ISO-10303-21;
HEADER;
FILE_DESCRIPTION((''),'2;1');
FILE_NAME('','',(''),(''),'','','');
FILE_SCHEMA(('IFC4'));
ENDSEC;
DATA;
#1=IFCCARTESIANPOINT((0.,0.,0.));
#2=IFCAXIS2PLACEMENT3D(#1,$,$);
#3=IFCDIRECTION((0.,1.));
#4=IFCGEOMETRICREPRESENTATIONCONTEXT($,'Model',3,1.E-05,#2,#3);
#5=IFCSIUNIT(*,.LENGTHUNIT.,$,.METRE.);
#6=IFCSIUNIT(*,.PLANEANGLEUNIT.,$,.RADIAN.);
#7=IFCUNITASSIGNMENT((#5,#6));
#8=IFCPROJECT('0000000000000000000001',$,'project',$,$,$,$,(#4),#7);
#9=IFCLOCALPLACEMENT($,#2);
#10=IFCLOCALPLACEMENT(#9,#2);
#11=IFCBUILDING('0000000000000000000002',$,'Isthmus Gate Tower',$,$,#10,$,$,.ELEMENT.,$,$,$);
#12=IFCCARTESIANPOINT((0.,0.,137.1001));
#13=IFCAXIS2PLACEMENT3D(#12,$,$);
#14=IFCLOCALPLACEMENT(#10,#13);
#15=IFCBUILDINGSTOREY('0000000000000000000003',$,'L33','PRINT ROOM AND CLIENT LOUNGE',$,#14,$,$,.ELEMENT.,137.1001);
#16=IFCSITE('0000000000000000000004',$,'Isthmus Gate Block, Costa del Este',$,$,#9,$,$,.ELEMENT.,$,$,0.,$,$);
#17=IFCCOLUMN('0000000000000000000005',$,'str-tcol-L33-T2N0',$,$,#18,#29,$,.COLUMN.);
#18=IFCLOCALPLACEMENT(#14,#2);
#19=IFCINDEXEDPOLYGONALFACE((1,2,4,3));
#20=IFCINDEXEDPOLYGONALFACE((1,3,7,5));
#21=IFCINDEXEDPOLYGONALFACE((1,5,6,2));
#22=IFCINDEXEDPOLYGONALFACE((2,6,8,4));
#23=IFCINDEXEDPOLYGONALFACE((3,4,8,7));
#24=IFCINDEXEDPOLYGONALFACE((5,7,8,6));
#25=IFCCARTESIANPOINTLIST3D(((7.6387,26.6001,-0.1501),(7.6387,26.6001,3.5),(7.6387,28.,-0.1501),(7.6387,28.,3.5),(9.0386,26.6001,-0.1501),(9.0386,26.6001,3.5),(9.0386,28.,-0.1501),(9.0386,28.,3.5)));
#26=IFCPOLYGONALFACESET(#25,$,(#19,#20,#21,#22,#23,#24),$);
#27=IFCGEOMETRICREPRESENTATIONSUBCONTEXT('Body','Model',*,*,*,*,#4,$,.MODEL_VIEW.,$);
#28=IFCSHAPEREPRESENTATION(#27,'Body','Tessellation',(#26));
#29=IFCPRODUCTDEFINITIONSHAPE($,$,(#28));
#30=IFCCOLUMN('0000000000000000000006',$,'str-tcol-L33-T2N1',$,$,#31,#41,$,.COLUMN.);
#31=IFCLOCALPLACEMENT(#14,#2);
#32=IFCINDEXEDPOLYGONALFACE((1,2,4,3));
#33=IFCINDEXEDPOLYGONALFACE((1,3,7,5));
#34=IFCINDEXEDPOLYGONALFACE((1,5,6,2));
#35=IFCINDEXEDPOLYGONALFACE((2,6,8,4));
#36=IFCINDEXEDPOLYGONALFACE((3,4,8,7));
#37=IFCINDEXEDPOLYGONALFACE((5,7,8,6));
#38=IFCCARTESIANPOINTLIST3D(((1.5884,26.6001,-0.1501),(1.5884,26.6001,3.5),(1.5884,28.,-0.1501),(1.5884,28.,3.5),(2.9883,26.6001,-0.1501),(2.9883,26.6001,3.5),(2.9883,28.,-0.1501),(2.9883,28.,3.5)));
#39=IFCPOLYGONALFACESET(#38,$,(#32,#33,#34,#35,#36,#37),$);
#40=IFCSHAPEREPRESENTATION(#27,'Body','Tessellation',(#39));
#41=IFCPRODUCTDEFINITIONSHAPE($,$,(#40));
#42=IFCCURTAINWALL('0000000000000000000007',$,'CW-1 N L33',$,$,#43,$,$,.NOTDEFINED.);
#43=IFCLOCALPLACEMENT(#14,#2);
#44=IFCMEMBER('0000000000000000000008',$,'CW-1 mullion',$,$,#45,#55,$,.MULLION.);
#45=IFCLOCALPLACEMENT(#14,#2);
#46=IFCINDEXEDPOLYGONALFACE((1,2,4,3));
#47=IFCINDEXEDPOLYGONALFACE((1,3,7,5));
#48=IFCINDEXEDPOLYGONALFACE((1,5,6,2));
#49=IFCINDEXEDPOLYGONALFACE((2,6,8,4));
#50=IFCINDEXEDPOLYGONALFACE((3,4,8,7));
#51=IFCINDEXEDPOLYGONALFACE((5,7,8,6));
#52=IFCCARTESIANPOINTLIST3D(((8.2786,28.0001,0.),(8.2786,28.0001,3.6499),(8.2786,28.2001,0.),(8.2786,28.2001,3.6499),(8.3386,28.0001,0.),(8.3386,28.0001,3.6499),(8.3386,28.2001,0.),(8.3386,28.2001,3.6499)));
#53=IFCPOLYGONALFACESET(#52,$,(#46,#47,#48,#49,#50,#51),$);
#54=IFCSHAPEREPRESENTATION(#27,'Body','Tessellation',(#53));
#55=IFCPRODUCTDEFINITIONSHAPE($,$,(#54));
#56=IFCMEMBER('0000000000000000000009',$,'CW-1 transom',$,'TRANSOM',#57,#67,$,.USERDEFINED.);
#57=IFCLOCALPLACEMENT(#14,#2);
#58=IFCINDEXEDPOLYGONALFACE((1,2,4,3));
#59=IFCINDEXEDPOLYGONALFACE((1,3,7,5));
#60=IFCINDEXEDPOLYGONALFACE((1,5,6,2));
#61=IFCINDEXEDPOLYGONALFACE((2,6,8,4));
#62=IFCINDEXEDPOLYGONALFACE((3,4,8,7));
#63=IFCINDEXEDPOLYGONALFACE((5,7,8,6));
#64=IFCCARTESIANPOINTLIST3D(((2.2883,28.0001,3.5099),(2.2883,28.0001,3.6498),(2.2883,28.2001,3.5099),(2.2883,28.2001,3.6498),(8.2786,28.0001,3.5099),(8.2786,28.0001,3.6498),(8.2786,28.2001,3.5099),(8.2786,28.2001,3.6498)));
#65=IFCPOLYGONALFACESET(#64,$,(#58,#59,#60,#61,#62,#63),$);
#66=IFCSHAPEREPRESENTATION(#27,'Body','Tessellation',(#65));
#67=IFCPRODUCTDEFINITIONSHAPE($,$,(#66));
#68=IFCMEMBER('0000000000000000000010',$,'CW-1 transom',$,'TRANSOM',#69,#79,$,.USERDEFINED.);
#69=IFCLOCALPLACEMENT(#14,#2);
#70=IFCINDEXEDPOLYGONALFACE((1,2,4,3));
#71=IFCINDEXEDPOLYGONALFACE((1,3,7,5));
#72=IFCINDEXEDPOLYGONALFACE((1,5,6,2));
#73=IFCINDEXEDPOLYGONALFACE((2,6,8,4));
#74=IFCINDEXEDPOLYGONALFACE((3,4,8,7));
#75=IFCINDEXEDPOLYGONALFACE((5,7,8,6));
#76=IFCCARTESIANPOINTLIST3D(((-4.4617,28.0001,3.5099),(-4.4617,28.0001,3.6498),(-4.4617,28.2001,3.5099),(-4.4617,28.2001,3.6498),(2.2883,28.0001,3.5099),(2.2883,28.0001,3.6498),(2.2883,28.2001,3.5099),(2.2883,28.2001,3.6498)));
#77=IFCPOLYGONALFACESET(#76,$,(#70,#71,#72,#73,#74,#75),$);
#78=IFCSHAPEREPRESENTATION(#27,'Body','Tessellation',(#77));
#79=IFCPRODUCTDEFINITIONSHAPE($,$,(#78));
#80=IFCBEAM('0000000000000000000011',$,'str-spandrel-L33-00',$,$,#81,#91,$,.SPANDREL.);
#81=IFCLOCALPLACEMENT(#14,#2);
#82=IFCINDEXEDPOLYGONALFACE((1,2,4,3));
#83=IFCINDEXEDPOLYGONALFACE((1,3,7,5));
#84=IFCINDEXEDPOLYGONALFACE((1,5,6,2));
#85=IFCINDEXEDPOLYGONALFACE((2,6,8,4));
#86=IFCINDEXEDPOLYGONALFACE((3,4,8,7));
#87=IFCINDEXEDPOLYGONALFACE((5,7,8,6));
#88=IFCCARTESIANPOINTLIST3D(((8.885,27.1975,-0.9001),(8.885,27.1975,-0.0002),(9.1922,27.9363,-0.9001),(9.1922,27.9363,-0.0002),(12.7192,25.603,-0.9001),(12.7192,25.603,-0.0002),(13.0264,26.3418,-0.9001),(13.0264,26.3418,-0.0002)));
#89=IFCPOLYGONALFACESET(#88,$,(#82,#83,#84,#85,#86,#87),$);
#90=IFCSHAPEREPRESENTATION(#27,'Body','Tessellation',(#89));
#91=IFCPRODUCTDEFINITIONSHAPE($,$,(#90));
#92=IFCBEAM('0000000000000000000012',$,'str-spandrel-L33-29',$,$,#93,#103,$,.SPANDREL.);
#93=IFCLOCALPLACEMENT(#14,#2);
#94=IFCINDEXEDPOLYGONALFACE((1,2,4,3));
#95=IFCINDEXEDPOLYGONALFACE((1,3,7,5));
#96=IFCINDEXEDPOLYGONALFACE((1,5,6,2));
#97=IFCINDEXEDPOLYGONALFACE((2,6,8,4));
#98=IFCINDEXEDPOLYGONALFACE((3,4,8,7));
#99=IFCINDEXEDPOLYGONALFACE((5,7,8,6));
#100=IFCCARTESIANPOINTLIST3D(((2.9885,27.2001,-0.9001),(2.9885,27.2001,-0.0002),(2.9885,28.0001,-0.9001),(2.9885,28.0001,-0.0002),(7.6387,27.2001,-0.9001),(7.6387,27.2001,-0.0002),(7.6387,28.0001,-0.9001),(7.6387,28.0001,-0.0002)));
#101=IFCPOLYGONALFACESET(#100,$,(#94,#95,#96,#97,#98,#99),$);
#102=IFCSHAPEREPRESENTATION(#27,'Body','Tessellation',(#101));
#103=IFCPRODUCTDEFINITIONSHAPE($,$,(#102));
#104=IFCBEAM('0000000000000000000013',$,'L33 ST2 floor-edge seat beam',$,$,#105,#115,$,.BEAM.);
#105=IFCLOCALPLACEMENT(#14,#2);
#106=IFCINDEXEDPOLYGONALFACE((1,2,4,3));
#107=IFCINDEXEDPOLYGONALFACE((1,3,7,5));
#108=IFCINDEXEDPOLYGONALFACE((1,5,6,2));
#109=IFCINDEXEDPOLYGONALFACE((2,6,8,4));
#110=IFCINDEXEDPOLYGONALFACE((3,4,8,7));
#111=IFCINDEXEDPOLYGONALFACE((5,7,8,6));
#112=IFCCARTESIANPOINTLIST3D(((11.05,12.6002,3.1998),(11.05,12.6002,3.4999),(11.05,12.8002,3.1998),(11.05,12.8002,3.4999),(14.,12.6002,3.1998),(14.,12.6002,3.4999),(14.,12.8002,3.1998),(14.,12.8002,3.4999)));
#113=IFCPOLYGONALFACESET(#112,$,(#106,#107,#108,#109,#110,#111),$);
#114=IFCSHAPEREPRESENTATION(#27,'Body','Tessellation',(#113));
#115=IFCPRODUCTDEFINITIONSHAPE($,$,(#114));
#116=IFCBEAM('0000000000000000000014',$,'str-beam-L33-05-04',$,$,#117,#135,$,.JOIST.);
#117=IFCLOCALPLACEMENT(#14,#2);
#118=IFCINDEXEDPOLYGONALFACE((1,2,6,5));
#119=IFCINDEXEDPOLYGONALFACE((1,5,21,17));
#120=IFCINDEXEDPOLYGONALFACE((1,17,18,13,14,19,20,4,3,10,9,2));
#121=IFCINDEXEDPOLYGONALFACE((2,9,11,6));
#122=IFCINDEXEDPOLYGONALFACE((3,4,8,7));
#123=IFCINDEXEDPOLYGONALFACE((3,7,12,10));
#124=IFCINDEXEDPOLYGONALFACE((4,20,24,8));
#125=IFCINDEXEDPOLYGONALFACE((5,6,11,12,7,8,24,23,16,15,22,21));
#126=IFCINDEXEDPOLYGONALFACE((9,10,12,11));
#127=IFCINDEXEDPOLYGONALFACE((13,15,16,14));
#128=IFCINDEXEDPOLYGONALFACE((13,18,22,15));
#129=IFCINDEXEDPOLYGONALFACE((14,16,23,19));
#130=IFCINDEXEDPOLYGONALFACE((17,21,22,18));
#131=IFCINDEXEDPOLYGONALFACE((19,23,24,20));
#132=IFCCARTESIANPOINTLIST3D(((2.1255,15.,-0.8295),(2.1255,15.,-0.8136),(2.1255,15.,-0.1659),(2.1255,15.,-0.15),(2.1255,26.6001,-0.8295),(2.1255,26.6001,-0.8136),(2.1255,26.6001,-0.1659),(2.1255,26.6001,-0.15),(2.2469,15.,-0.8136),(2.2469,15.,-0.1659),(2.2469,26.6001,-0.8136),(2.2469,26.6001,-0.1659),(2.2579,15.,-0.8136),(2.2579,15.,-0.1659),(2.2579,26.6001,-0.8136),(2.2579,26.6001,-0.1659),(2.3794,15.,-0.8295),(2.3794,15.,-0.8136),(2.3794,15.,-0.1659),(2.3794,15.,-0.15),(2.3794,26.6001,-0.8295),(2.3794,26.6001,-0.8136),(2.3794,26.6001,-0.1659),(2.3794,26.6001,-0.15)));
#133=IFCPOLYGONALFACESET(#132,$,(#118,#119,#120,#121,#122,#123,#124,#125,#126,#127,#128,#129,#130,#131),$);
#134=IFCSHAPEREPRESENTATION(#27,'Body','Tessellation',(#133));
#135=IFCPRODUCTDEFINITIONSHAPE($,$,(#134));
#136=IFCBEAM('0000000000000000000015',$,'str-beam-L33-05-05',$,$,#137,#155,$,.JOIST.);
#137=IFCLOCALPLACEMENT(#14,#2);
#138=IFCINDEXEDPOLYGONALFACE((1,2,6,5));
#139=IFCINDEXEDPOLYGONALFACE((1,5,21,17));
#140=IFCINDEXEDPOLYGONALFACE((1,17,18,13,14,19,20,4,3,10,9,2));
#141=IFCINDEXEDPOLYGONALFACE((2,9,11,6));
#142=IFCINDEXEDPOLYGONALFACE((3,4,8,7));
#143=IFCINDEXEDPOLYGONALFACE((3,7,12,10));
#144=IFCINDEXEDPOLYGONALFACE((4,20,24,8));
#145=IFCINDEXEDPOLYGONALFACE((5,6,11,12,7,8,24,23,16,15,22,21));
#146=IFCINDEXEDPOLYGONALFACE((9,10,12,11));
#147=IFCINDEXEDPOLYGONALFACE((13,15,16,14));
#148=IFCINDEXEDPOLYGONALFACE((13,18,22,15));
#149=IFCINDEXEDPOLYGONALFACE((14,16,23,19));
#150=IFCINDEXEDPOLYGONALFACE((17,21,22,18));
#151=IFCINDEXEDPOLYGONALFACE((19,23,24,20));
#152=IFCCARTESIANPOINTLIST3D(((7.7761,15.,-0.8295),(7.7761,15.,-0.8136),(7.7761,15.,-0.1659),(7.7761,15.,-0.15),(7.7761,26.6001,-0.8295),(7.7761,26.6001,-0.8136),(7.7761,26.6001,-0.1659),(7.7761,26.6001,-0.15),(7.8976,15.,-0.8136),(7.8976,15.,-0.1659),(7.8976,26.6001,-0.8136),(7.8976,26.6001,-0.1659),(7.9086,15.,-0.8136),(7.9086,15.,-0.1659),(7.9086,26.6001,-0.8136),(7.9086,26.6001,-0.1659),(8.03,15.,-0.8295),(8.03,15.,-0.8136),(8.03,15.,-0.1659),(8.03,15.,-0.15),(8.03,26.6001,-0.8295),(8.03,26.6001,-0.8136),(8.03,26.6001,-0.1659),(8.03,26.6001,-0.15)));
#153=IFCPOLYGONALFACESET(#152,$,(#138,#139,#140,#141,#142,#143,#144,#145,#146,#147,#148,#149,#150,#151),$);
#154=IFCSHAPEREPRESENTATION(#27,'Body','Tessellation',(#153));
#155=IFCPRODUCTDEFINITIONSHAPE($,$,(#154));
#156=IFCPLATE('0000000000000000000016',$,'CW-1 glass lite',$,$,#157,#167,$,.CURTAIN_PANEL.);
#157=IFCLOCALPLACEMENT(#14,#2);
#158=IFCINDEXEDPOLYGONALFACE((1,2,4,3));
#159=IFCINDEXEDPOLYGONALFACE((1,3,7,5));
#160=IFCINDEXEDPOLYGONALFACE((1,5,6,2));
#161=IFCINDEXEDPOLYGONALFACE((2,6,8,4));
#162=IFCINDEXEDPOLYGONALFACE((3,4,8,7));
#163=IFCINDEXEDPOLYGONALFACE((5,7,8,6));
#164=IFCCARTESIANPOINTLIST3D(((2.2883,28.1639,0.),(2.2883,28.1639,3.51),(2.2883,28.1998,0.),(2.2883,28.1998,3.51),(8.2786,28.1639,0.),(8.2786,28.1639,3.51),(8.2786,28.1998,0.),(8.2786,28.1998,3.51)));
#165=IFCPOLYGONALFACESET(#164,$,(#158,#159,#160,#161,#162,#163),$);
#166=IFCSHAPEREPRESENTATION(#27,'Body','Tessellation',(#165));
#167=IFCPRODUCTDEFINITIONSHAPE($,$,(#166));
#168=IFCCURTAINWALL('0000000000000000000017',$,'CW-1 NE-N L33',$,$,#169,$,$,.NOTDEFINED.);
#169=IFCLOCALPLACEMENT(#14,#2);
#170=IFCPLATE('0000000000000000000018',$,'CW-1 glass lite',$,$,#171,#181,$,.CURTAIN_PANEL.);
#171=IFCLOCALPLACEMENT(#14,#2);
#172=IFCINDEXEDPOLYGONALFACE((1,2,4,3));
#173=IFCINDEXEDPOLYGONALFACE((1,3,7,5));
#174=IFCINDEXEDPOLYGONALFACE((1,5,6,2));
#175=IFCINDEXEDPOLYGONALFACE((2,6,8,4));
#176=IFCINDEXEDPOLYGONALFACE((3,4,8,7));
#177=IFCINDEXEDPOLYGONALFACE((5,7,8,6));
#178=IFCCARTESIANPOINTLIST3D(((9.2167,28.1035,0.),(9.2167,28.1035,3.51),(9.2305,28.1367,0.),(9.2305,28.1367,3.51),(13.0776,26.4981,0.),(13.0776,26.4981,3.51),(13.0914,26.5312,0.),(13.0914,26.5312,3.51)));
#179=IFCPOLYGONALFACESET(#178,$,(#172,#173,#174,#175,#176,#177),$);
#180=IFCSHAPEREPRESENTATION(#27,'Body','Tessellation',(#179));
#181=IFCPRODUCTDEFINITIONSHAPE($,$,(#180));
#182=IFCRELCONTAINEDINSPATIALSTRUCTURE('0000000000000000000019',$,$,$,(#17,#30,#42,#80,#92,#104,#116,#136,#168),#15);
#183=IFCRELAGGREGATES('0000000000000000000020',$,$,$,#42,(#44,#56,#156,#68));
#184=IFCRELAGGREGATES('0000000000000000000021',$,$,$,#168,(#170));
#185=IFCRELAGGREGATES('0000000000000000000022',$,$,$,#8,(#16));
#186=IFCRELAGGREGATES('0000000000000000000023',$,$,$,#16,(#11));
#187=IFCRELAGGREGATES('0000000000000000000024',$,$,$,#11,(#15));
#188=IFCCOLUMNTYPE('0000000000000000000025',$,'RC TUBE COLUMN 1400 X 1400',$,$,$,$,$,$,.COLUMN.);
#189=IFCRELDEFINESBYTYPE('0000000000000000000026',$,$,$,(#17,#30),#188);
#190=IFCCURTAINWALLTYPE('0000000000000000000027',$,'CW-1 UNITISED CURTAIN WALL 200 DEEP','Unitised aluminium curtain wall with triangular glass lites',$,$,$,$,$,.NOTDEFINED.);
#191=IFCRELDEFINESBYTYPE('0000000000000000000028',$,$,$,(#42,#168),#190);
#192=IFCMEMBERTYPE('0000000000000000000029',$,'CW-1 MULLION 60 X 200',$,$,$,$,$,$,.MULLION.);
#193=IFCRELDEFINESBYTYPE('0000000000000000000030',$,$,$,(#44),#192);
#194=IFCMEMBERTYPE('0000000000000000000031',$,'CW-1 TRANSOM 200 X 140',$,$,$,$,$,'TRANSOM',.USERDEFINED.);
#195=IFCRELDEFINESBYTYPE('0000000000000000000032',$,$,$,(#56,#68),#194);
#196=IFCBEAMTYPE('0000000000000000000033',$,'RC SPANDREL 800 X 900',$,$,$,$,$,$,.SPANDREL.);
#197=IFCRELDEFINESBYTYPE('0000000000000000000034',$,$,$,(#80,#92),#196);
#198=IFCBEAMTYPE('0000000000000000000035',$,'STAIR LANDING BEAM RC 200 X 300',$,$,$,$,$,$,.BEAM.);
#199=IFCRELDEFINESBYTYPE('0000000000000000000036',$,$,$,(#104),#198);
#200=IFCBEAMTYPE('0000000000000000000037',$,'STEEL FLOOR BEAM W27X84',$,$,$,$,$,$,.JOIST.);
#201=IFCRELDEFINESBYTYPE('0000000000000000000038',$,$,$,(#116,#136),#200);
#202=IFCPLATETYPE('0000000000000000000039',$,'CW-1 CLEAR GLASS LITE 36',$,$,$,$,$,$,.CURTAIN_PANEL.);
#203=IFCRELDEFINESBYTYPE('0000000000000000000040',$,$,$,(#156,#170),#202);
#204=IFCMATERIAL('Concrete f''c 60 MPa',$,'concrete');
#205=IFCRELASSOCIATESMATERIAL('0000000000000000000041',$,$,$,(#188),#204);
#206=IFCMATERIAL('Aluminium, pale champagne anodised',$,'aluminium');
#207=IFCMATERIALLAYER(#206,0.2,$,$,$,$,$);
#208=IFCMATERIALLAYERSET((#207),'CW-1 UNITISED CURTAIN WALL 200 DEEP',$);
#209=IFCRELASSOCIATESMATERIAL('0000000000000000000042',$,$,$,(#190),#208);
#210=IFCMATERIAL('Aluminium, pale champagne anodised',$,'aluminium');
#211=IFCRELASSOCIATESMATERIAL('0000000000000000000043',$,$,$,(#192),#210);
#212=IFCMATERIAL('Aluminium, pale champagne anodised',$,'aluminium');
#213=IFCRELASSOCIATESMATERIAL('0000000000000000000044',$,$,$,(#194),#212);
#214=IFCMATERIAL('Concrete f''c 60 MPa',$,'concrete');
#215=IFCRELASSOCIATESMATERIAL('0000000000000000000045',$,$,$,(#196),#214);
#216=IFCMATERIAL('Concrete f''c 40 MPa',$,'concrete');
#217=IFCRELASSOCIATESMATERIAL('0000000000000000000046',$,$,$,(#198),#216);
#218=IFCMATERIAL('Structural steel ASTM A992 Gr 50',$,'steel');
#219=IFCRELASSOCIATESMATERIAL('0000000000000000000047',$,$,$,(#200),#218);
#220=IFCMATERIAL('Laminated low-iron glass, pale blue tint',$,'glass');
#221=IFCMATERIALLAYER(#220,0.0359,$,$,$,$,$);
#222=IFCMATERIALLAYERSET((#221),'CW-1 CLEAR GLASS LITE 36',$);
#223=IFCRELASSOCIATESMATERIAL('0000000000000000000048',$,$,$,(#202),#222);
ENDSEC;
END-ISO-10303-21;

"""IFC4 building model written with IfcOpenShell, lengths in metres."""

from ifc_helpers import new_model, si_unit, direction, frame, origin, origin_2d, place, context, subcontext, project, spatial, rectangle, i_section, extrude, material, layer, layer_set, material_profile, profile_set, type_object, element, aggregate, save


model = new_model("IFC4")

# Units and contexts
model_context = context("Model", 3, precision=1e-05, world=origin(), true_north=direction((0.0, 1.0)))
body_context = subcontext(model_context, "Body", "Model", "MODEL_VIEW")
ifc_project = project(units=[si_unit("LENGTHUNIT", "METRE"), si_unit("PLANEANGLEUNIT", "RADIAN")], contexts=[model_context])

# Site, building, storey
site_placement = place(None, origin())
site = spatial("IfcSite", under=ifc_project, at=site_placement, Name="Isthmus Gate Block, Costa del Este", CompositionType="ELEMENT", RefElevation=0.0)
building_placement = place(site_placement, origin())
building = spatial("IfcBuilding", under=site, at=building_placement, Name="Isthmus Gate Tower", CompositionType="ELEMENT")
storey_placement = place(building_placement, frame((0.0, 0.0, 137.1001)))
storey = spatial("IfcBuildingStorey", under=building, at=storey_placement, Name="L33", Description="PRINT ROOM AND CLIENT LOUNGE", CompositionType="ELEMENT", Elevation=137.1001)

# Columns
ifc_material_1 = material(Name="Concrete f'c 60 MPa", Category="concrete")
ifc_material_profile_1 = material_profile(ifc_material_1, rectangle(XDim=1.3999, YDim=1.3999, at=origin_2d()), Name="RC 1400X1400")
ifc_profile_set_1 = profile_set([ifc_material_profile_1], Name="Concrete f'c 60 MPa")
column_type = type_object("IfcColumnType", Name="RC TUBE COLUMN 1400 X 1400", PredefinedType="COLUMN", material=ifc_profile_set_1)
for number, where, z_axis, x_axis, name in (
    (1, (8.3386, 27.3, -0.1501), (0.0, 0.0, 1.0), (-1.0, 0.0, 0.0), "str-tcol-L33-T2N0"),
    (2, (2.2883, 27.3, -0.1501), (0.0, 0.0, 1.0), (-1.0, 0.0, 0.0), "str-tcol-L33-T2N1"),
):
    element("IfcColumn", number, at=place(storey_placement, frame(where, z_axis=z_axis, x_axis=x_axis)), inside=storey, type_object=column_type, Name=name, PredefinedType="COLUMN", context=body_context, shape_type="SweptSolid", body=[
        extrude(rectangle(XDim=1.3999, YDim=1.3999, at=origin_2d()), origin(), (0.0, 0.0, 1.0), 3.6501),
    ])

# Curtain wall, members
ifc_material_2 = material(Name="Aluminium, pale champagne anodised", Category="aluminium")
ifc_layer_1 = layer(ifc_material_2, 0.2)
ifc_layer_set_1 = layer_set([ifc_layer_1], Name="CW-1 UNITISED CURTAIN WALL 200 DEEP")
curtain_wall_type = type_object("IfcCurtainWallType", Name="CW-1 UNITISED CURTAIN WALL 200 DEEP", Description="Unitised aluminium curtain wall with triangular glass lites", PredefinedType="NOTDEFINED", material=ifc_layer_set_1)
curtain_wall_1_placement = place(storey_placement, origin())
curtain_wall_1 = element("IfcCurtainWall", 3, at=curtain_wall_1_placement, inside=storey, type_object=curtain_wall_type, Name="CW-1 N L33", PredefinedType="NOTDEFINED")
ifc_material_3 = material(Name="Aluminium, pale champagne anodised", Category="aluminium")
ifc_material_profile_2 = material_profile(ifc_material_3, rectangle(XDim=0.0601, YDim=0.2, at=origin_2d()), Name="60x200")
ifc_profile_set_2 = profile_set([ifc_material_profile_2], Name="Aluminium, pale champagne anodised")
member_type_1 = type_object("IfcMemberType", Name="CW-1 MULLION 60 X 200", PredefinedType="MULLION", material=ifc_profile_set_2)
member_1_placement = place(storey_placement, frame((8.3086, 28.1001, 0.0), z_axis=(0.0, 0.0, 1.0), x_axis=(-1.0, 0.0, 0.0)))
member_1 = element("IfcMember", 4, at=member_1_placement, type_object=member_type_1, Name="CW-1 mullion", PredefinedType="MULLION", context=body_context, shape_type="SweptSolid", body=[
    extrude(rectangle(XDim=0.0601, YDim=0.2, at=origin_2d()), origin(), (0.0, 0.0, 1.0), 3.6499),
])
ifc_material_4 = material(Name="Aluminium, pale champagne anodised", Category="aluminium")
ifc_material_profile_3 = material_profile(ifc_material_4, rectangle(XDim=0.2, YDim=0.1399, at=origin_2d()), Name="200x140")
ifc_profile_set_3 = profile_set([ifc_material_profile_3], Name="Aluminium, pale champagne anodised")
member_type_2 = type_object("IfcMemberType", Name="CW-1 TRANSOM 200 X 140", ElementType="TRANSOM", PredefinedType="USERDEFINED", material=ifc_profile_set_3)
member_2_placement = place(storey_placement, frame((8.2786, 28.1001, 3.5798), z_axis=(-1.0, 0.0, 0.0), x_axis=(0.0, -1.0, 0.0)))
member_2 = element("IfcMember", 5, at=member_2_placement, type_object=member_type_2, Name="CW-1 transom", ObjectType="TRANSOM", PredefinedType="USERDEFINED", context=body_context, shape_type="SweptSolid", body=[
    extrude(rectangle(XDim=0.2, YDim=0.1399, at=origin_2d()), origin(), (0.0, 0.0, 1.0), 5.9902),
])
member_3_placement = place(storey_placement, frame((2.2883, 28.1001, 3.5798), z_axis=(-1.0, 0.0, 0.0), x_axis=(0.0, -1.0, 0.0)))
member_3 = element("IfcMember", 6, at=member_3_placement, type_object=member_type_2, Name="CW-1 transom", ObjectType="TRANSOM", PredefinedType="USERDEFINED", context=body_context, shape_type="SweptSolid", body=[
    extrude(rectangle(XDim=0.2, YDim=0.1399, at=origin_2d()), origin(), (0.0, 0.0, 1.0), 6.75),
])

# Beams
ifc_material_5 = material(Name="Concrete f'c 60 MPa", Category="concrete")
ifc_material_profile_4 = material_profile(ifc_material_5, rectangle(XDim=0.8, YDim=0.8999, at=origin_2d()), Name="RC 800X900")
ifc_profile_set_4 = profile_set([ifc_material_profile_4], Name="Concrete f'c 60 MPa")
beam_type_1 = type_object("IfcBeamType", Name="RC SPANDREL 800 X 900", PredefinedType="SPANDREL", material=ifc_profile_set_4)
beam_1_placement = place(storey_placement, frame((9.0386, 27.5669, -0.4502), z_axis=(0.923343, -0.383977, 0.0), x_axis=(0.383977, 0.923343, 0.0)))
element("IfcBeam", 7, at=beam_1_placement, inside=storey, type_object=beam_type_1, Name="str-spandrel-L33-00", PredefinedType="SPANDREL", context=body_context, shape_type="SweptSolid", body=[
    extrude(rectangle(XDim=0.8, YDim=0.8999, at=origin_2d()), origin(), (0.0, 0.0, 1.0), 4.1526),
])
beam_2_placement = place(storey_placement, frame((2.9885, 27.6001, -0.4502), z_axis=(1.0, 0.0, 0.0), x_axis=(0.0, 1.0, 0.0)))
element("IfcBeam", 8, at=beam_2_placement, inside=storey, type_object=beam_type_1, Name="str-spandrel-L33-29", PredefinedType="SPANDREL", context=body_context, shape_type="SweptSolid", body=[
    extrude(rectangle(XDim=0.8, YDim=0.8999, at=origin_2d()), origin(), (0.0, 0.0, 1.0), 4.6501),
])
ifc_material_6 = material(Name="Concrete f'c 40 MPa", Category="concrete")
ifc_material_profile_5 = material_profile(ifc_material_6, rectangle(XDim=0.2, YDim=0.3, at=origin_2d()), Name="STAIR LANDING BEAM RC 200 X 300")
ifc_profile_set_5 = profile_set([ifc_material_profile_5], Name="Concrete f'c 40 MPa")
beam_type_2 = type_object("IfcBeamType", Name="STAIR LANDING BEAM RC 200 X 300", PredefinedType="BEAM", material=ifc_profile_set_5)
beam_3_placement = place(storey_placement, frame((11.05, 12.7002, 3.3499), z_axis=(1.0, 0.0, 0.0), x_axis=(0.0, 1.0, 0.0)))
element("IfcBeam", 9, at=beam_3_placement, inside=storey, type_object=beam_type_2, Name="L33 ST2 floor-edge seat beam", PredefinedType="BEAM", context=body_context, shape_type="SweptSolid", body=[
    extrude(rectangle(XDim=0.2, YDim=0.3, at=origin_2d()), origin(), (0.0, 0.0, 1.0), 2.95),
])
ifc_material_7 = material(Name="Structural steel ASTM A992 Gr 50", Category="steel")
ifc_material_profile_6 = material_profile(ifc_material_7, i_section(OverallWidth=0.2539, OverallDepth=0.6794, WebThickness=0.011, FlangeThickness=0.0159, at=origin_2d()), Name="W27X84")
ifc_profile_set_6 = profile_set([ifc_material_profile_6], Name="Structural steel ASTM A992 Gr 50")
beam_type_3 = type_object("IfcBeamType", Name="STEEL FLOOR BEAM W27X84", PredefinedType="JOIST", material=ifc_profile_set_6)
for number, where, z_axis, x_axis, name in (
    (10, (2.2524, 15.0, -0.4897), (0.0, 1.0, 0.0), (-1.0, 0.0, 0.0), "str-beam-L33-05-04"),
    (11, (7.9031, 15.0, -0.4897), (0.0, 1.0, 0.0), (-1.0, 0.0, 0.0), "str-beam-L33-05-05"),
):
    element("IfcBeam", number, at=place(storey_placement, frame(where, z_axis=z_axis, x_axis=x_axis)), inside=storey, type_object=beam_type_3, Name=name, PredefinedType="JOIST", context=body_context, shape_type="SweptSolid", body=[
        extrude(i_section(OverallWidth=0.2539, OverallDepth=0.6794, WebThickness=0.011, FlangeThickness=0.0159, at=origin_2d()), origin(), (0.0, 0.0, 1.0), 11.6001),
    ])

# Plate
ifc_material_8 = material(Name="Laminated low-iron glass, pale blue tint", Category="glass")
ifc_layer_2 = layer(ifc_material_8, 0.0359)
ifc_layer_set_2 = layer_set([ifc_layer_2], Name="CW-1 CLEAR GLASS LITE 36")
plate_type = type_object("IfcPlateType", Name="CW-1 CLEAR GLASS LITE 36", PredefinedType="CURTAIN_PANEL", material=ifc_layer_set_2)
plate_1_placement = place(storey_placement, frame((5.2834, 28.1819, 0.0), z_axis=(0.0, 0.0, 1.0), x_axis=(-1.0, 0.0, 0.0)))
plate_1 = element("IfcPlate", 12, at=plate_1_placement, type_object=plate_type, Name="CW-1 glass lite", PredefinedType="CURTAIN_PANEL", context=body_context, shape_type="SweptSolid", body=[
    extrude(rectangle(XDim=5.9902, YDim=0.0359, at=origin_2d()), origin(), (0.0, 0.0, 1.0), 3.51),
])
aggregate(curtain_wall_1, [member_1, member_2, plate_1, member_3])

# Curtain wall, plate
curtain_wall_2_placement = place(storey_placement, origin())
curtain_wall_2 = element("IfcCurtainWall", 13, at=curtain_wall_2_placement, inside=storey, type_object=curtain_wall_type, Name="CW-1 NE-N L33", PredefinedType="NOTDEFINED")
plate_2_placement = place(storey_placement, frame((11.1541, 27.3174, 0.0), z_axis=(0.0, 0.0, 1.0), x_axis=(-0.923353, 0.383952, 0.0)))
plate_2 = element("IfcPlate", 14, at=plate_2_placement, type_object=plate_type, Name="CW-1 glass lite", PredefinedType="CURTAIN_PANEL", context=body_context, shape_type="SweptSolid", body=[
    extrude(rectangle(XDim=4.1814, YDim=0.0359, at=origin_2d()), origin(), (0.0, 0.0, 1.0), 3.51),
])
aggregate(curtain_wall_2, [plate_2])

save(model, "model.ifc")
